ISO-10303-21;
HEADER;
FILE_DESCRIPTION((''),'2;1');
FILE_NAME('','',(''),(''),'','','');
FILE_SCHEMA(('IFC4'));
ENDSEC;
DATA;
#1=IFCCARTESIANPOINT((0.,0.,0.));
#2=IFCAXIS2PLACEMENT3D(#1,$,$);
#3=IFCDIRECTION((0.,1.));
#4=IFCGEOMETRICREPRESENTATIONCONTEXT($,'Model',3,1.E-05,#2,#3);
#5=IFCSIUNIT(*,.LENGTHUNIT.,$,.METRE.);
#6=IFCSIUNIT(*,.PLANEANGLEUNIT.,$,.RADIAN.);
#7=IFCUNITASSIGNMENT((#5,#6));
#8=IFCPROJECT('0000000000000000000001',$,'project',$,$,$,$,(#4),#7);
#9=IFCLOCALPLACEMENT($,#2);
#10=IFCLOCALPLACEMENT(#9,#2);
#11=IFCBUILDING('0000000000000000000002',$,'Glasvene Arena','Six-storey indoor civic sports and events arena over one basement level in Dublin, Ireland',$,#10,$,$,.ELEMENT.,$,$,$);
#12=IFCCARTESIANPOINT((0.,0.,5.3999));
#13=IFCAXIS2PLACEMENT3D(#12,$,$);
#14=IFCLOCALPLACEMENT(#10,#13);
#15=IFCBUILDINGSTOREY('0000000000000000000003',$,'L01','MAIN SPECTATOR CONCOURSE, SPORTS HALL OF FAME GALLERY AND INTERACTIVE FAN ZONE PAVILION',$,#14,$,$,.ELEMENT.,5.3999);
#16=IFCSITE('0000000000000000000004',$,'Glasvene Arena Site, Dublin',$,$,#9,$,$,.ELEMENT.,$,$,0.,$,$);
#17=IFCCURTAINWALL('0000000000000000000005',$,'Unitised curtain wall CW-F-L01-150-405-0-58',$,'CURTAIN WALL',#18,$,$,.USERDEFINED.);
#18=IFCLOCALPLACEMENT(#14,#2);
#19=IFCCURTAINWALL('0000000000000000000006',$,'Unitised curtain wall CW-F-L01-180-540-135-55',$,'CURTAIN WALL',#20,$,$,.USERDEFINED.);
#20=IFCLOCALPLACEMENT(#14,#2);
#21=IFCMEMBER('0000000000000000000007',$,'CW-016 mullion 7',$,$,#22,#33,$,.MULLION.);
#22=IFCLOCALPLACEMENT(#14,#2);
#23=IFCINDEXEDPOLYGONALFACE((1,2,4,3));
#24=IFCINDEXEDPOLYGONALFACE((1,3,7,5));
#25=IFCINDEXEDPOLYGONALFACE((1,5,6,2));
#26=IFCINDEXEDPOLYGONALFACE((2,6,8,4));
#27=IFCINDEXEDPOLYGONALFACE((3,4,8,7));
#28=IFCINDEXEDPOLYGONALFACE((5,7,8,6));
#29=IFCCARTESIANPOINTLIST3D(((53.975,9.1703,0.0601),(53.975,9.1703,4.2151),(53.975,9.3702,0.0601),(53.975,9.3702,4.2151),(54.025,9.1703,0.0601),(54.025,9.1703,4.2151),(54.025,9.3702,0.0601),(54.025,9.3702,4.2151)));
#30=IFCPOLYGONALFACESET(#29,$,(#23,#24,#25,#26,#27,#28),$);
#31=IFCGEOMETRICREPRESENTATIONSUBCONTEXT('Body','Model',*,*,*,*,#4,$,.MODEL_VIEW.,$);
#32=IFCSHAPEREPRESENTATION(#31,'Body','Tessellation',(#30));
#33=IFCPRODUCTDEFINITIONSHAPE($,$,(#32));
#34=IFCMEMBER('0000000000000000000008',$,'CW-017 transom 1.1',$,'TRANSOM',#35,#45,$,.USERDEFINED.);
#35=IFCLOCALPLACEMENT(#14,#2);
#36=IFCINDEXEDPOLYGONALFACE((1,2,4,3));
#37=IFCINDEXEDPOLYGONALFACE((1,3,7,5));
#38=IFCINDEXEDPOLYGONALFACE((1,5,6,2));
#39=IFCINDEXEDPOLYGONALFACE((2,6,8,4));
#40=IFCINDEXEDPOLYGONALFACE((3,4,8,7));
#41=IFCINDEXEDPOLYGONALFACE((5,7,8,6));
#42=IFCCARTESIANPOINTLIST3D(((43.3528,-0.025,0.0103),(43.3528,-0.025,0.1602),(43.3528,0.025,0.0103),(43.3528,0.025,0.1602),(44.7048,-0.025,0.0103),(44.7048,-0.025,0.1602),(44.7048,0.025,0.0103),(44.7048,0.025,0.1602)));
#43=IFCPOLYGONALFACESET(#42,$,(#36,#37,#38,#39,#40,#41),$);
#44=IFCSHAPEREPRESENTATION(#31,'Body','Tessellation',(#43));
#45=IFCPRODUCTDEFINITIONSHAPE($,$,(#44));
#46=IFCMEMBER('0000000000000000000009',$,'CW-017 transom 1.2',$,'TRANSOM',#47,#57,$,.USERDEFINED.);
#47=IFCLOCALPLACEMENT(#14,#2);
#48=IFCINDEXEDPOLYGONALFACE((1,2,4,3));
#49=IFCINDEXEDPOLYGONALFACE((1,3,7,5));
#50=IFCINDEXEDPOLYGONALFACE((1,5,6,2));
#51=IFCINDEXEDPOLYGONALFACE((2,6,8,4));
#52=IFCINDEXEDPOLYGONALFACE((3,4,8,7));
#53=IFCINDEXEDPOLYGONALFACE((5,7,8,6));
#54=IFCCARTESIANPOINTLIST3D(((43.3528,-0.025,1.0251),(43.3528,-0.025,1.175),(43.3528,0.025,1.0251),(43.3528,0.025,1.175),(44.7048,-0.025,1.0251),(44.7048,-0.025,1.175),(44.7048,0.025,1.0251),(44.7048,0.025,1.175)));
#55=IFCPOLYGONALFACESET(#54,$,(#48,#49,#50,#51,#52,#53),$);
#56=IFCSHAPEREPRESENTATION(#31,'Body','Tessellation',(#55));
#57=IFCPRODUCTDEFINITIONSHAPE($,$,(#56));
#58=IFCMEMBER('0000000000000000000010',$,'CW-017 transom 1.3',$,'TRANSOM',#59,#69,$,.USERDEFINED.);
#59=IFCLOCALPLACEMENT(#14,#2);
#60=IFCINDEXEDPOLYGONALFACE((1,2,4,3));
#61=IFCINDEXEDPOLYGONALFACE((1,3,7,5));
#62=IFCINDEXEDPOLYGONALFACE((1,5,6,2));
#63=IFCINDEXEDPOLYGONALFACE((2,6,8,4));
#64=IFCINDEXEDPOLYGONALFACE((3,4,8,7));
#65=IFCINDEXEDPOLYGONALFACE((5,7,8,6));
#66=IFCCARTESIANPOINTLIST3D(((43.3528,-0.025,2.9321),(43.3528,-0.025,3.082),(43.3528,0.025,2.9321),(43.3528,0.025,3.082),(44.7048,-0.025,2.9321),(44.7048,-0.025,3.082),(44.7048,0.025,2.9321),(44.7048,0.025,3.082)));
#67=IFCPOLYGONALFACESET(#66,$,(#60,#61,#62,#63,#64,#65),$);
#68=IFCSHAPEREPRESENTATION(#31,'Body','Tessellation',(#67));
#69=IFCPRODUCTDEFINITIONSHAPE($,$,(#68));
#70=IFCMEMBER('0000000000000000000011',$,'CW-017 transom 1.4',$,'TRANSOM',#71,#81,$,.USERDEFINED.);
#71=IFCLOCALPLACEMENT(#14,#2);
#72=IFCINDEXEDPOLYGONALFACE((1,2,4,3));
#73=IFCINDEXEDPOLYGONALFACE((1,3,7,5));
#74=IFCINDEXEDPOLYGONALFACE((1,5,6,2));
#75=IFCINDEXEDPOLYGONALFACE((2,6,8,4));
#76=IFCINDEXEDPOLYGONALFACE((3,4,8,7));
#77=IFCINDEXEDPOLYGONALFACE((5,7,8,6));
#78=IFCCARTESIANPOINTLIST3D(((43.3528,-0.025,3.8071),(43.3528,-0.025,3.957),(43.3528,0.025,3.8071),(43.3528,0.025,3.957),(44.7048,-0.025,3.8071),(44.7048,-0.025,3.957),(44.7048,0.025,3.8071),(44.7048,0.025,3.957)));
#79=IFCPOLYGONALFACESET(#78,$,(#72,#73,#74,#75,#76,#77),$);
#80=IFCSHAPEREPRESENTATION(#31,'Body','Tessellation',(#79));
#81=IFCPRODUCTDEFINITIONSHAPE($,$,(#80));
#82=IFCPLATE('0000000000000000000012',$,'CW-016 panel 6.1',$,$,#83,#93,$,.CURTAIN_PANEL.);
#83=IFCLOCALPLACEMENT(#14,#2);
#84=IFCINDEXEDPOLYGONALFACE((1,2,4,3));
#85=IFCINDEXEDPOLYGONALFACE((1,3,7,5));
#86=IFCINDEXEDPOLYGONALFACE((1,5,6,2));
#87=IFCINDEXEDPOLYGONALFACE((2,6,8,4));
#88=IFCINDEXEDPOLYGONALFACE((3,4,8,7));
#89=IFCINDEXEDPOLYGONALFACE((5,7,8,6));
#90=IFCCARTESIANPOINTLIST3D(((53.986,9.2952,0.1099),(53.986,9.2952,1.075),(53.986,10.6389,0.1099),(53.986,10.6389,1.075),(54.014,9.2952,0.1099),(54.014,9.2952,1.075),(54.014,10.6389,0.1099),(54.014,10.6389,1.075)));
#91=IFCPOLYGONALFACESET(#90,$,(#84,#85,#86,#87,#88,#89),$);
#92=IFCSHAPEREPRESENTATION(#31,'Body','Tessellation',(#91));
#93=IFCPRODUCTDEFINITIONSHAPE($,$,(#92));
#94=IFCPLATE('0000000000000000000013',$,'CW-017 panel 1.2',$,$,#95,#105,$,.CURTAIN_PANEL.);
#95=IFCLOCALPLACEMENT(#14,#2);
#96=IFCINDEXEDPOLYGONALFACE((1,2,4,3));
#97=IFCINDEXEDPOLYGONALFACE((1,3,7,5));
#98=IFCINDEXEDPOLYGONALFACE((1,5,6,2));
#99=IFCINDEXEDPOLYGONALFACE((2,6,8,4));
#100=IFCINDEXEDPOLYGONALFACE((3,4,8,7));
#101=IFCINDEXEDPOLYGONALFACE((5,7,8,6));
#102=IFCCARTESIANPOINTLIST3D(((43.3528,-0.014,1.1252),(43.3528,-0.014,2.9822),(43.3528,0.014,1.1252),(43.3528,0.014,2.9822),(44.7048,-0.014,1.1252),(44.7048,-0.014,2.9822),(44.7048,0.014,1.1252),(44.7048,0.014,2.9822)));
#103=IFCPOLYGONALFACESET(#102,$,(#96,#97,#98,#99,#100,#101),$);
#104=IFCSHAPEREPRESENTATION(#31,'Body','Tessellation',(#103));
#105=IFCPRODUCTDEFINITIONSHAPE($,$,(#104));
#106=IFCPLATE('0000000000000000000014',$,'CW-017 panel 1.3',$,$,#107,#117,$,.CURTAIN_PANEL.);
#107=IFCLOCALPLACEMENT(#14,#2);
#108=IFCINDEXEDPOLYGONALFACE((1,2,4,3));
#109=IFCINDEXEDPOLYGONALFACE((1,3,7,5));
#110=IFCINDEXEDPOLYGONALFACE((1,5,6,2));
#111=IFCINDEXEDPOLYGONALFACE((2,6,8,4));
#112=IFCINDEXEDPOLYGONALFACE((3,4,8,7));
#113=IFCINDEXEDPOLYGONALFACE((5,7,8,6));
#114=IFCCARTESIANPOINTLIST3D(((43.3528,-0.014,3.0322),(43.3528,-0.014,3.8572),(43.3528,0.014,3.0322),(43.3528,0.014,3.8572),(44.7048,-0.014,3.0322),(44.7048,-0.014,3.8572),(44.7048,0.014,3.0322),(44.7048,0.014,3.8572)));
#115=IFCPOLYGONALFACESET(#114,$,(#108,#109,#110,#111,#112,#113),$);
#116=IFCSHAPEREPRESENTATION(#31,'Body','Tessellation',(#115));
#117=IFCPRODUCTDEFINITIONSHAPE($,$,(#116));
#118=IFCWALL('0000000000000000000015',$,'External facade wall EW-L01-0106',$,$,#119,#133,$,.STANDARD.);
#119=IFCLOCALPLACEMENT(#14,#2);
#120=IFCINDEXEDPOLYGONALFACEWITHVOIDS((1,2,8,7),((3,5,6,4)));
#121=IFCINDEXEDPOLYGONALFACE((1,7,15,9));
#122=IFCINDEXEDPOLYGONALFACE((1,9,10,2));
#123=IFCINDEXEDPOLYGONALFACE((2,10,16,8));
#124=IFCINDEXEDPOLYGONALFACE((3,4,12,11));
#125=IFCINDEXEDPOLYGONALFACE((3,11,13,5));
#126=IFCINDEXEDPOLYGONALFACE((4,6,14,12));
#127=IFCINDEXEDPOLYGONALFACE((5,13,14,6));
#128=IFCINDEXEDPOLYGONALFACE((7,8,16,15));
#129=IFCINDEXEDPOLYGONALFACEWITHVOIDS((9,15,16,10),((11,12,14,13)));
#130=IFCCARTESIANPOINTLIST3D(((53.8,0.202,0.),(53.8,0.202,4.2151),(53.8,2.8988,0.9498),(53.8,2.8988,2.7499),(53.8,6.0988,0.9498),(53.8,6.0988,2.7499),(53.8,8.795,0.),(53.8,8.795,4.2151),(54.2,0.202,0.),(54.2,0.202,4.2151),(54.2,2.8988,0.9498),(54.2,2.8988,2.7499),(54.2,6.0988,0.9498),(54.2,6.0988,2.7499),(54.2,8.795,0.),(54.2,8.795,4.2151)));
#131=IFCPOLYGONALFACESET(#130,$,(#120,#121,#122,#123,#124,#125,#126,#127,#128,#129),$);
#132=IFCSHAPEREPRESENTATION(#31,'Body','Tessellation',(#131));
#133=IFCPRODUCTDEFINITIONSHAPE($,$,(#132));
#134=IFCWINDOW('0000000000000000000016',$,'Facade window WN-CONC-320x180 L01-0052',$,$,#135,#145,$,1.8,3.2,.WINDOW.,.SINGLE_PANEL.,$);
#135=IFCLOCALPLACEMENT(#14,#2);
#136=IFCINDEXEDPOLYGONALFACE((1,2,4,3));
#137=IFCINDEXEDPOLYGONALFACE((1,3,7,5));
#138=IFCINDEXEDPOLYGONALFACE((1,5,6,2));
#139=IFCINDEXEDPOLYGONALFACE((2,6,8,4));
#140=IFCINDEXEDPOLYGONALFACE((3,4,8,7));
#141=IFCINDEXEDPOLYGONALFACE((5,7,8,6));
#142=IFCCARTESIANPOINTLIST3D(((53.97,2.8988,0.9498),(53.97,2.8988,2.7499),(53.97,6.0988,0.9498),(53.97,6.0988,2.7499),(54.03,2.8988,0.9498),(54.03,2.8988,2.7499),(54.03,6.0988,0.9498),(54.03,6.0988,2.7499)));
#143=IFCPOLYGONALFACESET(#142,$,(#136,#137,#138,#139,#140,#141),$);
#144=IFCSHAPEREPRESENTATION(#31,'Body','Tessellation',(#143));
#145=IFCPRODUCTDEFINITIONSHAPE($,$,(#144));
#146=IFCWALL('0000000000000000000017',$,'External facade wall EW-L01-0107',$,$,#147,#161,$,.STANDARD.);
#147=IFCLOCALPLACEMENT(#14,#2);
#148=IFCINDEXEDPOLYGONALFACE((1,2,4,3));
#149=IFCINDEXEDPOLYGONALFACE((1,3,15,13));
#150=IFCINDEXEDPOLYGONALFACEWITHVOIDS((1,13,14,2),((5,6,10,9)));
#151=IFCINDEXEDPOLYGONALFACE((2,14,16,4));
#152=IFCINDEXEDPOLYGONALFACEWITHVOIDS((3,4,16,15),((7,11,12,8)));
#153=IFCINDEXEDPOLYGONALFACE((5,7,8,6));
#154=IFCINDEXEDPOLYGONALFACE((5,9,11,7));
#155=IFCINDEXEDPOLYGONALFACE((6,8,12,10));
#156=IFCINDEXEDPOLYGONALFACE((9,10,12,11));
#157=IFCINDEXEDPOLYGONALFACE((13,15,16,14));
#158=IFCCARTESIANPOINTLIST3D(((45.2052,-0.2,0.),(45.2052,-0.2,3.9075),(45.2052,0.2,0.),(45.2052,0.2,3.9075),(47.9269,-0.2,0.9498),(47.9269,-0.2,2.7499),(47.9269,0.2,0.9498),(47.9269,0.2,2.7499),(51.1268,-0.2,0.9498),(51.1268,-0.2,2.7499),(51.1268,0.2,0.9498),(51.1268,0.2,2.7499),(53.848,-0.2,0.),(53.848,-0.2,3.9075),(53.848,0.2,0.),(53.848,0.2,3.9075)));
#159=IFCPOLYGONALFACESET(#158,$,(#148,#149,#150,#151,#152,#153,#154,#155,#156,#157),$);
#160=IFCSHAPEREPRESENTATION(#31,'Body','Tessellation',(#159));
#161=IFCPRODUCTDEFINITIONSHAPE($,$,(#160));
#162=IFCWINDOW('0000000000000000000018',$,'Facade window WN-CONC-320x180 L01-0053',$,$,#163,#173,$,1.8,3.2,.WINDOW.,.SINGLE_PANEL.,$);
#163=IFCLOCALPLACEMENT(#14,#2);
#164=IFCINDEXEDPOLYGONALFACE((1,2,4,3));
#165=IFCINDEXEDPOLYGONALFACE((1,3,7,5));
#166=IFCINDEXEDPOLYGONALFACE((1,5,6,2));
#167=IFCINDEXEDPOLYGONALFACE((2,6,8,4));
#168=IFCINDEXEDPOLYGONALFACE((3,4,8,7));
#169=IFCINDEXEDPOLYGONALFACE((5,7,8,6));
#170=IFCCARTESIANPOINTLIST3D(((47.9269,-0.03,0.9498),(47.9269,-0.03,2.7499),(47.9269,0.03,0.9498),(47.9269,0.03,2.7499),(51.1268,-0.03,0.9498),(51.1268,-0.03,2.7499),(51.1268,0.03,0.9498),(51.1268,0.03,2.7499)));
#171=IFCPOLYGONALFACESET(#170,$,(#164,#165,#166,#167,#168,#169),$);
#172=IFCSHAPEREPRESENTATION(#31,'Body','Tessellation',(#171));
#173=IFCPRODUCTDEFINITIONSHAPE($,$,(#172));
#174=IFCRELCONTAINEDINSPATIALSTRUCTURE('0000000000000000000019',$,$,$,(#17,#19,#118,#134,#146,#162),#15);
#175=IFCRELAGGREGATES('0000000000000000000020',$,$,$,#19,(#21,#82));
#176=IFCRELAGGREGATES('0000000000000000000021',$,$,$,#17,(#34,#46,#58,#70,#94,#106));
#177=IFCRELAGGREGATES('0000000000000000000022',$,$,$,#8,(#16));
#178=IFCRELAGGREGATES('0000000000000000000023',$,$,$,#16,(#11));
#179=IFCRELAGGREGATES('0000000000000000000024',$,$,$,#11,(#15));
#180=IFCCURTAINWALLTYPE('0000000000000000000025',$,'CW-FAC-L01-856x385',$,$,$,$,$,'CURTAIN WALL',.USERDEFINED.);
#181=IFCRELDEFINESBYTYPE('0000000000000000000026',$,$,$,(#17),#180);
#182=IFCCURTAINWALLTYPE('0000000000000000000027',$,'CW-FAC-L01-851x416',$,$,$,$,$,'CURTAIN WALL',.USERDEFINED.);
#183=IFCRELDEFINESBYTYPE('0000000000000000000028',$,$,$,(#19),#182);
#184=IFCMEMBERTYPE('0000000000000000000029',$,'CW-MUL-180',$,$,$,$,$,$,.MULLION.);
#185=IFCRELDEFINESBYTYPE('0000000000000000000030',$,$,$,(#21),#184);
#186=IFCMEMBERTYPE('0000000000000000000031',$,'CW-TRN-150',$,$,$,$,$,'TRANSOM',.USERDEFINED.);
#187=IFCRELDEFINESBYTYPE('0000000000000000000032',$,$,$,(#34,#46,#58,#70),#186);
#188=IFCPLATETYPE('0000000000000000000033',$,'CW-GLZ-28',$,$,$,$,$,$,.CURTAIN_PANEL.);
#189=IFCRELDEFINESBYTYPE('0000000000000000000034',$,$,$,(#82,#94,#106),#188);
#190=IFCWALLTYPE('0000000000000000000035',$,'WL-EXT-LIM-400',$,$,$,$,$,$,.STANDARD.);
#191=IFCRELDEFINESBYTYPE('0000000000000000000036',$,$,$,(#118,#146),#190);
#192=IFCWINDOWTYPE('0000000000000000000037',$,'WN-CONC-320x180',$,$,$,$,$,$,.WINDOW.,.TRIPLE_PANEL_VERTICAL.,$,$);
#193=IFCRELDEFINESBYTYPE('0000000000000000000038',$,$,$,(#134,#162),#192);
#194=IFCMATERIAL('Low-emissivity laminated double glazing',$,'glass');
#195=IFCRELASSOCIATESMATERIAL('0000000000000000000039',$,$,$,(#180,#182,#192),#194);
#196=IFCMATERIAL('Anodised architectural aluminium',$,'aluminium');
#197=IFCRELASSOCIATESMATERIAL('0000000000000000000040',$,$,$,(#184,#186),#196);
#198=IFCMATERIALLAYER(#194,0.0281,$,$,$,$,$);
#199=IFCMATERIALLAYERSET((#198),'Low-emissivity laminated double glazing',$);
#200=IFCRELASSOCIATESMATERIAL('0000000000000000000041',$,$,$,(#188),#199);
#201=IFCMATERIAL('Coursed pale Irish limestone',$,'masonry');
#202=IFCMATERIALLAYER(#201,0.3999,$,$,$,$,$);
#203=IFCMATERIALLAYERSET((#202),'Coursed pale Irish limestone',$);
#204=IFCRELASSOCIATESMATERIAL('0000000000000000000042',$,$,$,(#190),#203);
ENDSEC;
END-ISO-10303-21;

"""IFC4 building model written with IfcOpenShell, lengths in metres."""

from ifc_helpers import new_model, si_unit, direction, frame, frame_2d, origin, origin_2d, place, context, subcontext, project, spatial, rectangle, extrude, material, layer, layer_set, material_profile, profile_set, type_object, element, fill, aggregate, save


model = new_model("IFC4")

# Units and contexts
model_context = context("Model", 3, precision=1e-05, world=origin(), true_north=direction((0.0, 1.0)))
body_context = subcontext(model_context, "Body", "Model", "MODEL_VIEW")
ifc_project = project(units=[si_unit("LENGTHUNIT", "METRE"), si_unit("PLANEANGLEUNIT", "RADIAN")], contexts=[model_context])

# Site, building, storey
site_placement = place(None, origin())
site = spatial("IfcSite", under=ifc_project, at=site_placement, Name="Glasvene Arena Site, Dublin", CompositionType="ELEMENT", RefElevation=0.0)
building_placement = place(site_placement, origin())
building = spatial("IfcBuilding", under=site, at=building_placement, Name="Glasvene Arena", Description="Six-storey indoor civic sports and events arena over one basement level in Dublin, Ireland", CompositionType="ELEMENT")
storey_placement = place(building_placement, frame((0.0, 0.0, 5.3999)))
storey = spatial("IfcBuildingStorey", under=building, at=storey_placement, Name="L01", Description="MAIN SPECTATOR CONCOURSE, SPORTS HALL OF FAME GALLERY AND INTERACTIVE FAN ZONE PAVILION", CompositionType="ELEMENT", Elevation=5.3999)

# Curtain walls, member
ifc_material_1 = material(Name="Low-emissivity laminated double glazing", Category="glass")
curtain_wall_type_1 = type_object("IfcCurtainWallType", Name="CW-FAC-L01-856x385", ElementType="CURTAIN WALL", PredefinedType="USERDEFINED", material=ifc_material_1)
curtain_wall_1_placement = place(storey_placement, frame((44.7549, 0.0, 0.0)))
curtain_wall_1 = element("IfcCurtainWall", 1, at=curtain_wall_1_placement, inside=storey, type_object=curtain_wall_type_1, Name="Unitised curtain wall CW-F-L01-150-405-0-58", ObjectType="CURTAIN WALL", PredefinedType="USERDEFINED")
ifc_material_2 = material(Name="Anodised architectural aluminium", Category="aluminium")
curtain_wall_type_2 = type_object("IfcCurtainWallType", Name="CW-FAC-L01-851x416", ElementType="CURTAIN WALL", PredefinedType="USERDEFINED", material=ifc_material_1)
curtain_wall_2_placement = place(storey_placement, frame((54.0, 17.7581, 0.0)))
curtain_wall_2 = element("IfcCurtainWall", 2, at=curtain_wall_2_placement, inside=storey, type_object=curtain_wall_type_2, Name="Unitised curtain wall CW-F-L01-180-540-135-55", ObjectType="CURTAIN WALL", PredefinedType="USERDEFINED")
ifc_material_profile_1 = material_profile(ifc_material_2, rectangle(XDim=0.05, YDim=0.2, at=origin_2d()), Name="ALU MULLION 50x200")
ifc_profile_set_1 = profile_set([ifc_material_profile_1], Name="Anodised architectural aluminium")
member_type_1 = type_object("IfcMemberType", Name="CW-MUL-180", PredefinedType="MULLION", material=ifc_profile_set_1)
member_1_placement = place(storey_placement, frame((54.0, 9.2703, 0.0601), z_axis=(0.0, 0.0, 1.0), x_axis=(1.0, 0.0, 0.0)))
member_1 = element("IfcMember", 3, at=member_1_placement, type_object=member_type_1, Name="CW-016 mullion 7", PredefinedType="MULLION", context=body_context, shape_type="SweptSolid", body=[
    extrude(rectangle(XDim=0.05, YDim=0.2, at=origin_2d()), origin(), (0.0, 0.0, 1.0), 4.155),
])

# Members
ifc_material_profile_2 = material_profile(ifc_material_2, rectangle(XDim=0.05, YDim=0.1499, at=origin_2d()), Name="ALU TRANSOM 50x150")
ifc_profile_set_2 = profile_set([ifc_material_profile_2], Name="Anodised architectural aluminium")
member_type_2 = type_object("IfcMemberType", Name="CW-TRN-150", ElementType="TRANSOM", PredefinedType="USERDEFINED", material=ifc_profile_set_2)
member_2_placement = place(storey_placement, frame((44.7048, 0.0, 0.0852), z_axis=(-1.0, 0.0, 0.0), x_axis=(0.0, -1.0, 0.0)))
member_2 = element("IfcMember", 4, at=member_2_placement, type_object=member_type_2, Name="CW-017 transom 1.1", ObjectType="TRANSOM", PredefinedType="USERDEFINED", context=body_context, shape_type="SweptSolid", body=[
    extrude(rectangle(XDim=0.05, YDim=0.1499, at=origin_2d()), origin(), (0.0, 0.0, 1.0), 1.3521),
])
member_3_placement = place(storey_placement, frame((44.7048, 0.0, 1.1001), z_axis=(-1.0, 0.0, 0.0), x_axis=(0.0, -1.0, 0.0)))
member_3 = element("IfcMember", 5, at=member_3_placement, type_object=member_type_2, Name="CW-017 transom 1.2", ObjectType="TRANSOM", PredefinedType="USERDEFINED", context=body_context, shape_type="SweptSolid", body=[
    extrude(rectangle(XDim=0.05, YDim=0.1499, at=origin_2d()), origin(), (0.0, 0.0, 1.0), 1.3521),
])
member_4_placement = place(storey_placement, frame((44.7048, 0.0, 3.0071), z_axis=(-1.0, 0.0, 0.0), x_axis=(0.0, -1.0, 0.0)))
member_4 = element("IfcMember", 6, at=member_4_placement, type_object=member_type_2, Name="CW-017 transom 1.3", ObjectType="TRANSOM", PredefinedType="USERDEFINED", context=body_context, shape_type="SweptSolid", body=[
    extrude(rectangle(XDim=0.05, YDim=0.1499, at=origin_2d()), origin(), (0.0, 0.0, 1.0), 1.3521),
])
member_5_placement = place(storey_placement, frame((44.7048, 0.0, 3.8821), z_axis=(-1.0, 0.0, 0.0), x_axis=(0.0, -1.0, 0.0)))
member_5 = element("IfcMember", 7, at=member_5_placement, type_object=member_type_2, Name="CW-017 transom 1.4", ObjectType="TRANSOM", PredefinedType="USERDEFINED", context=body_context, shape_type="SweptSolid", body=[
    extrude(rectangle(XDim=0.05, YDim=0.1499, at=origin_2d()), origin(), (0.0, 0.0, 1.0), 1.3521),
])

# Plates
ifc_layer_1 = layer(ifc_material_1, 0.0281)
ifc_layer_set_1 = layer_set([ifc_layer_1], Name="Low-emissivity laminated double glazing")
plate_type = type_object("IfcPlateType", Name="CW-GLZ-28", PredefinedType="CURTAIN_PANEL", material=ifc_layer_set_1)
plate_1_placement = place(storey_placement, frame((54.0, 9.967, 0.1099), z_axis=(0.0, 0.0, 1.0), x_axis=(0.0, -1.0, 0.0)))
plate_1 = element("IfcPlate", 8, at=plate_1_placement, type_object=plate_type, Name="CW-016 panel 6.1", PredefinedType="CURTAIN_PANEL", context=body_context, shape_type="SweptSolid", body=[
    extrude(rectangle(XDim=1.3438, YDim=0.0281, at=origin_2d()), origin(), (0.0, 0.0, 1.0), 0.9651),
])
aggregate(curtain_wall_2, [member_1, plate_1])
plate_2_placement = place(storey_placement, frame((44.0288, 0.0, 1.1252), z_axis=(0.0, 0.0, 1.0), x_axis=(-1.0, 0.0, 0.0)))
plate_2 = element("IfcPlate", 9, at=plate_2_placement, type_object=plate_type, Name="CW-017 panel 1.2", PredefinedType="CURTAIN_PANEL", context=body_context, shape_type="SweptSolid", body=[
    extrude(rectangle(XDim=1.3521, YDim=0.0281, at=origin_2d()), origin(), (0.0, 0.0, 1.0), 1.8569),
])
plate_3_placement = place(storey_placement, frame((44.0288, 0.0, 3.0322), z_axis=(0.0, 0.0, 1.0), x_axis=(-1.0, 0.0, 0.0)))
plate_3 = element("IfcPlate", 10, at=plate_3_placement, type_object=plate_type, Name="CW-017 panel 1.3", PredefinedType="CURTAIN_PANEL", context=body_context, shape_type="SweptSolid", body=[
    extrude(rectangle(XDim=1.3521, YDim=0.0281, at=origin_2d()), origin(), (0.0, 0.0, 1.0), 0.825),
])
aggregate(curtain_wall_1, [member_2, member_3, member_4, member_5, plate_2, plate_3])

# Walls, openings, windows
ifc_material_3 = material(Name="Coursed pale Irish limestone", Category="masonry")
ifc_layer_2 = layer(ifc_material_3, 0.3999)
ifc_layer_set_2 = layer_set([ifc_layer_2], Name="Coursed pale Irish limestone")
wall_type = type_object("IfcWallType", Name="WL-EXT-LIM-400", PredefinedType="STANDARD", material=ifc_layer_set_2)
wall_1_placement = place(storey_placement, frame((54.0, 8.7949, 0.0), z_axis=(0.0, 0.0, 1.0), x_axis=(0.0, -1.0, 0.0)))
wall_1 = element("IfcWall", 11, at=wall_1_placement, inside=storey, type_object=wall_type, Name="External facade wall EW-L01-0106", PredefinedType="STANDARD", context=body_context, shape_type="SweptSolid", body=[
    extrude(rectangle(XDim=8.593, YDim=0.3999, at=frame_2d((4.2964, 0.0))), origin(), (0.0, 0.0, 1.0), 4.2151),
])
opening_1_placement = place(wall_1_placement, frame((2.696, 0.0, 0.95)))
opening_1 = element("IfcOpeningElement", 12, at=opening_1_placement, cuts=wall_1, PredefinedType="OPENING", context=body_context, shape_type="SweptSolid", body=[
    extrude(rectangle(XDim=3.2, YDim=1.8, at=frame_2d((1.6001, 0.8999))), frame((0.0, 0.21, 0.0), z_axis=(0.0, -1.0, 0.0), x_axis=(1.0, 0.0, 0.0)), (0.0, 0.0, 1.0), 0.4199),
])
window_type = type_object("IfcWindowType", Name="WN-CONC-320x180", PartitioningType="TRIPLE_PANEL_VERTICAL", PredefinedType="WINDOW", material=ifc_material_1)
window_1_placement = place(opening_1_placement, origin())
window_1 = element("IfcWindow", 13, at=window_1_placement, inside=storey, type_object=window_type, Name="Facade window WN-CONC-320x180 L01-0052", OverallHeight=1.8, OverallWidth=3.2, PartitioningType="SINGLE_PANEL", PredefinedType="WINDOW", context=body_context, shape_type="SweptSolid", body=[
    extrude(rectangle(XDim=3.2, YDim=1.8, at=frame_2d((1.6001, 0.8999))), frame((0.0, 0.03, 0.0), z_axis=(0.0, -1.0, 0.0), x_axis=(1.0, 0.0, 0.0)), (0.0, 0.0, 1.0), 0.0601),
])
fill(opening_1, window_1)
wall_2_placement = place(storey_placement, frame((53.8479, 0.0, 0.0), z_axis=(0.0, 0.0, 1.0), x_axis=(-1.0, 0.0, 0.0)))
wall_2 = element("IfcWall", 14, at=wall_2_placement, inside=storey, type_object=wall_type, Name="External facade wall EW-L01-0107", PredefinedType="STANDARD", context=body_context, shape_type="SweptSolid", body=[
    extrude(rectangle(XDim=8.6428, YDim=0.3999, at=frame_2d((4.3213, 0.0))), origin(), (0.0, 0.0, 1.0), 3.9075),
])
opening_2_placement = place(wall_2_placement, frame((2.7209, 0.0, 0.95)))
opening_2 = element("IfcOpeningElement", 15, at=opening_2_placement, cuts=wall_2, PredefinedType="OPENING", context=body_context, shape_type="SweptSolid", body=[
    extrude(rectangle(XDim=3.2, YDim=1.8, at=frame_2d((1.6001, 0.8999))), frame((0.0, 0.21, 0.0), z_axis=(0.0, -1.0, 0.0), x_axis=(1.0, 0.0, 0.0)), (0.0, 0.0, 1.0), 0.4199),
])
window_2_placement = place(opening_2_placement, origin())
window_2 = element("IfcWindow", 16, at=window_2_placement, inside=storey, type_object=window_type, Name="Facade window WN-CONC-320x180 L01-0053", OverallHeight=1.8, OverallWidth=3.2, PartitioningType="SINGLE_PANEL", PredefinedType="WINDOW", context=body_context, shape_type="SweptSolid", body=[
    extrude(rectangle(XDim=3.2, YDim=1.8, at=frame_2d((1.6001, 0.8999))), frame((0.0, 0.03, 0.0), z_axis=(0.0, -1.0, 0.0), x_axis=(1.0, 0.0, 0.0)), (0.0, 0.0, 1.0), 0.0601),
])
fill(opening_2, window_2)

save(model, "model.ifc")
